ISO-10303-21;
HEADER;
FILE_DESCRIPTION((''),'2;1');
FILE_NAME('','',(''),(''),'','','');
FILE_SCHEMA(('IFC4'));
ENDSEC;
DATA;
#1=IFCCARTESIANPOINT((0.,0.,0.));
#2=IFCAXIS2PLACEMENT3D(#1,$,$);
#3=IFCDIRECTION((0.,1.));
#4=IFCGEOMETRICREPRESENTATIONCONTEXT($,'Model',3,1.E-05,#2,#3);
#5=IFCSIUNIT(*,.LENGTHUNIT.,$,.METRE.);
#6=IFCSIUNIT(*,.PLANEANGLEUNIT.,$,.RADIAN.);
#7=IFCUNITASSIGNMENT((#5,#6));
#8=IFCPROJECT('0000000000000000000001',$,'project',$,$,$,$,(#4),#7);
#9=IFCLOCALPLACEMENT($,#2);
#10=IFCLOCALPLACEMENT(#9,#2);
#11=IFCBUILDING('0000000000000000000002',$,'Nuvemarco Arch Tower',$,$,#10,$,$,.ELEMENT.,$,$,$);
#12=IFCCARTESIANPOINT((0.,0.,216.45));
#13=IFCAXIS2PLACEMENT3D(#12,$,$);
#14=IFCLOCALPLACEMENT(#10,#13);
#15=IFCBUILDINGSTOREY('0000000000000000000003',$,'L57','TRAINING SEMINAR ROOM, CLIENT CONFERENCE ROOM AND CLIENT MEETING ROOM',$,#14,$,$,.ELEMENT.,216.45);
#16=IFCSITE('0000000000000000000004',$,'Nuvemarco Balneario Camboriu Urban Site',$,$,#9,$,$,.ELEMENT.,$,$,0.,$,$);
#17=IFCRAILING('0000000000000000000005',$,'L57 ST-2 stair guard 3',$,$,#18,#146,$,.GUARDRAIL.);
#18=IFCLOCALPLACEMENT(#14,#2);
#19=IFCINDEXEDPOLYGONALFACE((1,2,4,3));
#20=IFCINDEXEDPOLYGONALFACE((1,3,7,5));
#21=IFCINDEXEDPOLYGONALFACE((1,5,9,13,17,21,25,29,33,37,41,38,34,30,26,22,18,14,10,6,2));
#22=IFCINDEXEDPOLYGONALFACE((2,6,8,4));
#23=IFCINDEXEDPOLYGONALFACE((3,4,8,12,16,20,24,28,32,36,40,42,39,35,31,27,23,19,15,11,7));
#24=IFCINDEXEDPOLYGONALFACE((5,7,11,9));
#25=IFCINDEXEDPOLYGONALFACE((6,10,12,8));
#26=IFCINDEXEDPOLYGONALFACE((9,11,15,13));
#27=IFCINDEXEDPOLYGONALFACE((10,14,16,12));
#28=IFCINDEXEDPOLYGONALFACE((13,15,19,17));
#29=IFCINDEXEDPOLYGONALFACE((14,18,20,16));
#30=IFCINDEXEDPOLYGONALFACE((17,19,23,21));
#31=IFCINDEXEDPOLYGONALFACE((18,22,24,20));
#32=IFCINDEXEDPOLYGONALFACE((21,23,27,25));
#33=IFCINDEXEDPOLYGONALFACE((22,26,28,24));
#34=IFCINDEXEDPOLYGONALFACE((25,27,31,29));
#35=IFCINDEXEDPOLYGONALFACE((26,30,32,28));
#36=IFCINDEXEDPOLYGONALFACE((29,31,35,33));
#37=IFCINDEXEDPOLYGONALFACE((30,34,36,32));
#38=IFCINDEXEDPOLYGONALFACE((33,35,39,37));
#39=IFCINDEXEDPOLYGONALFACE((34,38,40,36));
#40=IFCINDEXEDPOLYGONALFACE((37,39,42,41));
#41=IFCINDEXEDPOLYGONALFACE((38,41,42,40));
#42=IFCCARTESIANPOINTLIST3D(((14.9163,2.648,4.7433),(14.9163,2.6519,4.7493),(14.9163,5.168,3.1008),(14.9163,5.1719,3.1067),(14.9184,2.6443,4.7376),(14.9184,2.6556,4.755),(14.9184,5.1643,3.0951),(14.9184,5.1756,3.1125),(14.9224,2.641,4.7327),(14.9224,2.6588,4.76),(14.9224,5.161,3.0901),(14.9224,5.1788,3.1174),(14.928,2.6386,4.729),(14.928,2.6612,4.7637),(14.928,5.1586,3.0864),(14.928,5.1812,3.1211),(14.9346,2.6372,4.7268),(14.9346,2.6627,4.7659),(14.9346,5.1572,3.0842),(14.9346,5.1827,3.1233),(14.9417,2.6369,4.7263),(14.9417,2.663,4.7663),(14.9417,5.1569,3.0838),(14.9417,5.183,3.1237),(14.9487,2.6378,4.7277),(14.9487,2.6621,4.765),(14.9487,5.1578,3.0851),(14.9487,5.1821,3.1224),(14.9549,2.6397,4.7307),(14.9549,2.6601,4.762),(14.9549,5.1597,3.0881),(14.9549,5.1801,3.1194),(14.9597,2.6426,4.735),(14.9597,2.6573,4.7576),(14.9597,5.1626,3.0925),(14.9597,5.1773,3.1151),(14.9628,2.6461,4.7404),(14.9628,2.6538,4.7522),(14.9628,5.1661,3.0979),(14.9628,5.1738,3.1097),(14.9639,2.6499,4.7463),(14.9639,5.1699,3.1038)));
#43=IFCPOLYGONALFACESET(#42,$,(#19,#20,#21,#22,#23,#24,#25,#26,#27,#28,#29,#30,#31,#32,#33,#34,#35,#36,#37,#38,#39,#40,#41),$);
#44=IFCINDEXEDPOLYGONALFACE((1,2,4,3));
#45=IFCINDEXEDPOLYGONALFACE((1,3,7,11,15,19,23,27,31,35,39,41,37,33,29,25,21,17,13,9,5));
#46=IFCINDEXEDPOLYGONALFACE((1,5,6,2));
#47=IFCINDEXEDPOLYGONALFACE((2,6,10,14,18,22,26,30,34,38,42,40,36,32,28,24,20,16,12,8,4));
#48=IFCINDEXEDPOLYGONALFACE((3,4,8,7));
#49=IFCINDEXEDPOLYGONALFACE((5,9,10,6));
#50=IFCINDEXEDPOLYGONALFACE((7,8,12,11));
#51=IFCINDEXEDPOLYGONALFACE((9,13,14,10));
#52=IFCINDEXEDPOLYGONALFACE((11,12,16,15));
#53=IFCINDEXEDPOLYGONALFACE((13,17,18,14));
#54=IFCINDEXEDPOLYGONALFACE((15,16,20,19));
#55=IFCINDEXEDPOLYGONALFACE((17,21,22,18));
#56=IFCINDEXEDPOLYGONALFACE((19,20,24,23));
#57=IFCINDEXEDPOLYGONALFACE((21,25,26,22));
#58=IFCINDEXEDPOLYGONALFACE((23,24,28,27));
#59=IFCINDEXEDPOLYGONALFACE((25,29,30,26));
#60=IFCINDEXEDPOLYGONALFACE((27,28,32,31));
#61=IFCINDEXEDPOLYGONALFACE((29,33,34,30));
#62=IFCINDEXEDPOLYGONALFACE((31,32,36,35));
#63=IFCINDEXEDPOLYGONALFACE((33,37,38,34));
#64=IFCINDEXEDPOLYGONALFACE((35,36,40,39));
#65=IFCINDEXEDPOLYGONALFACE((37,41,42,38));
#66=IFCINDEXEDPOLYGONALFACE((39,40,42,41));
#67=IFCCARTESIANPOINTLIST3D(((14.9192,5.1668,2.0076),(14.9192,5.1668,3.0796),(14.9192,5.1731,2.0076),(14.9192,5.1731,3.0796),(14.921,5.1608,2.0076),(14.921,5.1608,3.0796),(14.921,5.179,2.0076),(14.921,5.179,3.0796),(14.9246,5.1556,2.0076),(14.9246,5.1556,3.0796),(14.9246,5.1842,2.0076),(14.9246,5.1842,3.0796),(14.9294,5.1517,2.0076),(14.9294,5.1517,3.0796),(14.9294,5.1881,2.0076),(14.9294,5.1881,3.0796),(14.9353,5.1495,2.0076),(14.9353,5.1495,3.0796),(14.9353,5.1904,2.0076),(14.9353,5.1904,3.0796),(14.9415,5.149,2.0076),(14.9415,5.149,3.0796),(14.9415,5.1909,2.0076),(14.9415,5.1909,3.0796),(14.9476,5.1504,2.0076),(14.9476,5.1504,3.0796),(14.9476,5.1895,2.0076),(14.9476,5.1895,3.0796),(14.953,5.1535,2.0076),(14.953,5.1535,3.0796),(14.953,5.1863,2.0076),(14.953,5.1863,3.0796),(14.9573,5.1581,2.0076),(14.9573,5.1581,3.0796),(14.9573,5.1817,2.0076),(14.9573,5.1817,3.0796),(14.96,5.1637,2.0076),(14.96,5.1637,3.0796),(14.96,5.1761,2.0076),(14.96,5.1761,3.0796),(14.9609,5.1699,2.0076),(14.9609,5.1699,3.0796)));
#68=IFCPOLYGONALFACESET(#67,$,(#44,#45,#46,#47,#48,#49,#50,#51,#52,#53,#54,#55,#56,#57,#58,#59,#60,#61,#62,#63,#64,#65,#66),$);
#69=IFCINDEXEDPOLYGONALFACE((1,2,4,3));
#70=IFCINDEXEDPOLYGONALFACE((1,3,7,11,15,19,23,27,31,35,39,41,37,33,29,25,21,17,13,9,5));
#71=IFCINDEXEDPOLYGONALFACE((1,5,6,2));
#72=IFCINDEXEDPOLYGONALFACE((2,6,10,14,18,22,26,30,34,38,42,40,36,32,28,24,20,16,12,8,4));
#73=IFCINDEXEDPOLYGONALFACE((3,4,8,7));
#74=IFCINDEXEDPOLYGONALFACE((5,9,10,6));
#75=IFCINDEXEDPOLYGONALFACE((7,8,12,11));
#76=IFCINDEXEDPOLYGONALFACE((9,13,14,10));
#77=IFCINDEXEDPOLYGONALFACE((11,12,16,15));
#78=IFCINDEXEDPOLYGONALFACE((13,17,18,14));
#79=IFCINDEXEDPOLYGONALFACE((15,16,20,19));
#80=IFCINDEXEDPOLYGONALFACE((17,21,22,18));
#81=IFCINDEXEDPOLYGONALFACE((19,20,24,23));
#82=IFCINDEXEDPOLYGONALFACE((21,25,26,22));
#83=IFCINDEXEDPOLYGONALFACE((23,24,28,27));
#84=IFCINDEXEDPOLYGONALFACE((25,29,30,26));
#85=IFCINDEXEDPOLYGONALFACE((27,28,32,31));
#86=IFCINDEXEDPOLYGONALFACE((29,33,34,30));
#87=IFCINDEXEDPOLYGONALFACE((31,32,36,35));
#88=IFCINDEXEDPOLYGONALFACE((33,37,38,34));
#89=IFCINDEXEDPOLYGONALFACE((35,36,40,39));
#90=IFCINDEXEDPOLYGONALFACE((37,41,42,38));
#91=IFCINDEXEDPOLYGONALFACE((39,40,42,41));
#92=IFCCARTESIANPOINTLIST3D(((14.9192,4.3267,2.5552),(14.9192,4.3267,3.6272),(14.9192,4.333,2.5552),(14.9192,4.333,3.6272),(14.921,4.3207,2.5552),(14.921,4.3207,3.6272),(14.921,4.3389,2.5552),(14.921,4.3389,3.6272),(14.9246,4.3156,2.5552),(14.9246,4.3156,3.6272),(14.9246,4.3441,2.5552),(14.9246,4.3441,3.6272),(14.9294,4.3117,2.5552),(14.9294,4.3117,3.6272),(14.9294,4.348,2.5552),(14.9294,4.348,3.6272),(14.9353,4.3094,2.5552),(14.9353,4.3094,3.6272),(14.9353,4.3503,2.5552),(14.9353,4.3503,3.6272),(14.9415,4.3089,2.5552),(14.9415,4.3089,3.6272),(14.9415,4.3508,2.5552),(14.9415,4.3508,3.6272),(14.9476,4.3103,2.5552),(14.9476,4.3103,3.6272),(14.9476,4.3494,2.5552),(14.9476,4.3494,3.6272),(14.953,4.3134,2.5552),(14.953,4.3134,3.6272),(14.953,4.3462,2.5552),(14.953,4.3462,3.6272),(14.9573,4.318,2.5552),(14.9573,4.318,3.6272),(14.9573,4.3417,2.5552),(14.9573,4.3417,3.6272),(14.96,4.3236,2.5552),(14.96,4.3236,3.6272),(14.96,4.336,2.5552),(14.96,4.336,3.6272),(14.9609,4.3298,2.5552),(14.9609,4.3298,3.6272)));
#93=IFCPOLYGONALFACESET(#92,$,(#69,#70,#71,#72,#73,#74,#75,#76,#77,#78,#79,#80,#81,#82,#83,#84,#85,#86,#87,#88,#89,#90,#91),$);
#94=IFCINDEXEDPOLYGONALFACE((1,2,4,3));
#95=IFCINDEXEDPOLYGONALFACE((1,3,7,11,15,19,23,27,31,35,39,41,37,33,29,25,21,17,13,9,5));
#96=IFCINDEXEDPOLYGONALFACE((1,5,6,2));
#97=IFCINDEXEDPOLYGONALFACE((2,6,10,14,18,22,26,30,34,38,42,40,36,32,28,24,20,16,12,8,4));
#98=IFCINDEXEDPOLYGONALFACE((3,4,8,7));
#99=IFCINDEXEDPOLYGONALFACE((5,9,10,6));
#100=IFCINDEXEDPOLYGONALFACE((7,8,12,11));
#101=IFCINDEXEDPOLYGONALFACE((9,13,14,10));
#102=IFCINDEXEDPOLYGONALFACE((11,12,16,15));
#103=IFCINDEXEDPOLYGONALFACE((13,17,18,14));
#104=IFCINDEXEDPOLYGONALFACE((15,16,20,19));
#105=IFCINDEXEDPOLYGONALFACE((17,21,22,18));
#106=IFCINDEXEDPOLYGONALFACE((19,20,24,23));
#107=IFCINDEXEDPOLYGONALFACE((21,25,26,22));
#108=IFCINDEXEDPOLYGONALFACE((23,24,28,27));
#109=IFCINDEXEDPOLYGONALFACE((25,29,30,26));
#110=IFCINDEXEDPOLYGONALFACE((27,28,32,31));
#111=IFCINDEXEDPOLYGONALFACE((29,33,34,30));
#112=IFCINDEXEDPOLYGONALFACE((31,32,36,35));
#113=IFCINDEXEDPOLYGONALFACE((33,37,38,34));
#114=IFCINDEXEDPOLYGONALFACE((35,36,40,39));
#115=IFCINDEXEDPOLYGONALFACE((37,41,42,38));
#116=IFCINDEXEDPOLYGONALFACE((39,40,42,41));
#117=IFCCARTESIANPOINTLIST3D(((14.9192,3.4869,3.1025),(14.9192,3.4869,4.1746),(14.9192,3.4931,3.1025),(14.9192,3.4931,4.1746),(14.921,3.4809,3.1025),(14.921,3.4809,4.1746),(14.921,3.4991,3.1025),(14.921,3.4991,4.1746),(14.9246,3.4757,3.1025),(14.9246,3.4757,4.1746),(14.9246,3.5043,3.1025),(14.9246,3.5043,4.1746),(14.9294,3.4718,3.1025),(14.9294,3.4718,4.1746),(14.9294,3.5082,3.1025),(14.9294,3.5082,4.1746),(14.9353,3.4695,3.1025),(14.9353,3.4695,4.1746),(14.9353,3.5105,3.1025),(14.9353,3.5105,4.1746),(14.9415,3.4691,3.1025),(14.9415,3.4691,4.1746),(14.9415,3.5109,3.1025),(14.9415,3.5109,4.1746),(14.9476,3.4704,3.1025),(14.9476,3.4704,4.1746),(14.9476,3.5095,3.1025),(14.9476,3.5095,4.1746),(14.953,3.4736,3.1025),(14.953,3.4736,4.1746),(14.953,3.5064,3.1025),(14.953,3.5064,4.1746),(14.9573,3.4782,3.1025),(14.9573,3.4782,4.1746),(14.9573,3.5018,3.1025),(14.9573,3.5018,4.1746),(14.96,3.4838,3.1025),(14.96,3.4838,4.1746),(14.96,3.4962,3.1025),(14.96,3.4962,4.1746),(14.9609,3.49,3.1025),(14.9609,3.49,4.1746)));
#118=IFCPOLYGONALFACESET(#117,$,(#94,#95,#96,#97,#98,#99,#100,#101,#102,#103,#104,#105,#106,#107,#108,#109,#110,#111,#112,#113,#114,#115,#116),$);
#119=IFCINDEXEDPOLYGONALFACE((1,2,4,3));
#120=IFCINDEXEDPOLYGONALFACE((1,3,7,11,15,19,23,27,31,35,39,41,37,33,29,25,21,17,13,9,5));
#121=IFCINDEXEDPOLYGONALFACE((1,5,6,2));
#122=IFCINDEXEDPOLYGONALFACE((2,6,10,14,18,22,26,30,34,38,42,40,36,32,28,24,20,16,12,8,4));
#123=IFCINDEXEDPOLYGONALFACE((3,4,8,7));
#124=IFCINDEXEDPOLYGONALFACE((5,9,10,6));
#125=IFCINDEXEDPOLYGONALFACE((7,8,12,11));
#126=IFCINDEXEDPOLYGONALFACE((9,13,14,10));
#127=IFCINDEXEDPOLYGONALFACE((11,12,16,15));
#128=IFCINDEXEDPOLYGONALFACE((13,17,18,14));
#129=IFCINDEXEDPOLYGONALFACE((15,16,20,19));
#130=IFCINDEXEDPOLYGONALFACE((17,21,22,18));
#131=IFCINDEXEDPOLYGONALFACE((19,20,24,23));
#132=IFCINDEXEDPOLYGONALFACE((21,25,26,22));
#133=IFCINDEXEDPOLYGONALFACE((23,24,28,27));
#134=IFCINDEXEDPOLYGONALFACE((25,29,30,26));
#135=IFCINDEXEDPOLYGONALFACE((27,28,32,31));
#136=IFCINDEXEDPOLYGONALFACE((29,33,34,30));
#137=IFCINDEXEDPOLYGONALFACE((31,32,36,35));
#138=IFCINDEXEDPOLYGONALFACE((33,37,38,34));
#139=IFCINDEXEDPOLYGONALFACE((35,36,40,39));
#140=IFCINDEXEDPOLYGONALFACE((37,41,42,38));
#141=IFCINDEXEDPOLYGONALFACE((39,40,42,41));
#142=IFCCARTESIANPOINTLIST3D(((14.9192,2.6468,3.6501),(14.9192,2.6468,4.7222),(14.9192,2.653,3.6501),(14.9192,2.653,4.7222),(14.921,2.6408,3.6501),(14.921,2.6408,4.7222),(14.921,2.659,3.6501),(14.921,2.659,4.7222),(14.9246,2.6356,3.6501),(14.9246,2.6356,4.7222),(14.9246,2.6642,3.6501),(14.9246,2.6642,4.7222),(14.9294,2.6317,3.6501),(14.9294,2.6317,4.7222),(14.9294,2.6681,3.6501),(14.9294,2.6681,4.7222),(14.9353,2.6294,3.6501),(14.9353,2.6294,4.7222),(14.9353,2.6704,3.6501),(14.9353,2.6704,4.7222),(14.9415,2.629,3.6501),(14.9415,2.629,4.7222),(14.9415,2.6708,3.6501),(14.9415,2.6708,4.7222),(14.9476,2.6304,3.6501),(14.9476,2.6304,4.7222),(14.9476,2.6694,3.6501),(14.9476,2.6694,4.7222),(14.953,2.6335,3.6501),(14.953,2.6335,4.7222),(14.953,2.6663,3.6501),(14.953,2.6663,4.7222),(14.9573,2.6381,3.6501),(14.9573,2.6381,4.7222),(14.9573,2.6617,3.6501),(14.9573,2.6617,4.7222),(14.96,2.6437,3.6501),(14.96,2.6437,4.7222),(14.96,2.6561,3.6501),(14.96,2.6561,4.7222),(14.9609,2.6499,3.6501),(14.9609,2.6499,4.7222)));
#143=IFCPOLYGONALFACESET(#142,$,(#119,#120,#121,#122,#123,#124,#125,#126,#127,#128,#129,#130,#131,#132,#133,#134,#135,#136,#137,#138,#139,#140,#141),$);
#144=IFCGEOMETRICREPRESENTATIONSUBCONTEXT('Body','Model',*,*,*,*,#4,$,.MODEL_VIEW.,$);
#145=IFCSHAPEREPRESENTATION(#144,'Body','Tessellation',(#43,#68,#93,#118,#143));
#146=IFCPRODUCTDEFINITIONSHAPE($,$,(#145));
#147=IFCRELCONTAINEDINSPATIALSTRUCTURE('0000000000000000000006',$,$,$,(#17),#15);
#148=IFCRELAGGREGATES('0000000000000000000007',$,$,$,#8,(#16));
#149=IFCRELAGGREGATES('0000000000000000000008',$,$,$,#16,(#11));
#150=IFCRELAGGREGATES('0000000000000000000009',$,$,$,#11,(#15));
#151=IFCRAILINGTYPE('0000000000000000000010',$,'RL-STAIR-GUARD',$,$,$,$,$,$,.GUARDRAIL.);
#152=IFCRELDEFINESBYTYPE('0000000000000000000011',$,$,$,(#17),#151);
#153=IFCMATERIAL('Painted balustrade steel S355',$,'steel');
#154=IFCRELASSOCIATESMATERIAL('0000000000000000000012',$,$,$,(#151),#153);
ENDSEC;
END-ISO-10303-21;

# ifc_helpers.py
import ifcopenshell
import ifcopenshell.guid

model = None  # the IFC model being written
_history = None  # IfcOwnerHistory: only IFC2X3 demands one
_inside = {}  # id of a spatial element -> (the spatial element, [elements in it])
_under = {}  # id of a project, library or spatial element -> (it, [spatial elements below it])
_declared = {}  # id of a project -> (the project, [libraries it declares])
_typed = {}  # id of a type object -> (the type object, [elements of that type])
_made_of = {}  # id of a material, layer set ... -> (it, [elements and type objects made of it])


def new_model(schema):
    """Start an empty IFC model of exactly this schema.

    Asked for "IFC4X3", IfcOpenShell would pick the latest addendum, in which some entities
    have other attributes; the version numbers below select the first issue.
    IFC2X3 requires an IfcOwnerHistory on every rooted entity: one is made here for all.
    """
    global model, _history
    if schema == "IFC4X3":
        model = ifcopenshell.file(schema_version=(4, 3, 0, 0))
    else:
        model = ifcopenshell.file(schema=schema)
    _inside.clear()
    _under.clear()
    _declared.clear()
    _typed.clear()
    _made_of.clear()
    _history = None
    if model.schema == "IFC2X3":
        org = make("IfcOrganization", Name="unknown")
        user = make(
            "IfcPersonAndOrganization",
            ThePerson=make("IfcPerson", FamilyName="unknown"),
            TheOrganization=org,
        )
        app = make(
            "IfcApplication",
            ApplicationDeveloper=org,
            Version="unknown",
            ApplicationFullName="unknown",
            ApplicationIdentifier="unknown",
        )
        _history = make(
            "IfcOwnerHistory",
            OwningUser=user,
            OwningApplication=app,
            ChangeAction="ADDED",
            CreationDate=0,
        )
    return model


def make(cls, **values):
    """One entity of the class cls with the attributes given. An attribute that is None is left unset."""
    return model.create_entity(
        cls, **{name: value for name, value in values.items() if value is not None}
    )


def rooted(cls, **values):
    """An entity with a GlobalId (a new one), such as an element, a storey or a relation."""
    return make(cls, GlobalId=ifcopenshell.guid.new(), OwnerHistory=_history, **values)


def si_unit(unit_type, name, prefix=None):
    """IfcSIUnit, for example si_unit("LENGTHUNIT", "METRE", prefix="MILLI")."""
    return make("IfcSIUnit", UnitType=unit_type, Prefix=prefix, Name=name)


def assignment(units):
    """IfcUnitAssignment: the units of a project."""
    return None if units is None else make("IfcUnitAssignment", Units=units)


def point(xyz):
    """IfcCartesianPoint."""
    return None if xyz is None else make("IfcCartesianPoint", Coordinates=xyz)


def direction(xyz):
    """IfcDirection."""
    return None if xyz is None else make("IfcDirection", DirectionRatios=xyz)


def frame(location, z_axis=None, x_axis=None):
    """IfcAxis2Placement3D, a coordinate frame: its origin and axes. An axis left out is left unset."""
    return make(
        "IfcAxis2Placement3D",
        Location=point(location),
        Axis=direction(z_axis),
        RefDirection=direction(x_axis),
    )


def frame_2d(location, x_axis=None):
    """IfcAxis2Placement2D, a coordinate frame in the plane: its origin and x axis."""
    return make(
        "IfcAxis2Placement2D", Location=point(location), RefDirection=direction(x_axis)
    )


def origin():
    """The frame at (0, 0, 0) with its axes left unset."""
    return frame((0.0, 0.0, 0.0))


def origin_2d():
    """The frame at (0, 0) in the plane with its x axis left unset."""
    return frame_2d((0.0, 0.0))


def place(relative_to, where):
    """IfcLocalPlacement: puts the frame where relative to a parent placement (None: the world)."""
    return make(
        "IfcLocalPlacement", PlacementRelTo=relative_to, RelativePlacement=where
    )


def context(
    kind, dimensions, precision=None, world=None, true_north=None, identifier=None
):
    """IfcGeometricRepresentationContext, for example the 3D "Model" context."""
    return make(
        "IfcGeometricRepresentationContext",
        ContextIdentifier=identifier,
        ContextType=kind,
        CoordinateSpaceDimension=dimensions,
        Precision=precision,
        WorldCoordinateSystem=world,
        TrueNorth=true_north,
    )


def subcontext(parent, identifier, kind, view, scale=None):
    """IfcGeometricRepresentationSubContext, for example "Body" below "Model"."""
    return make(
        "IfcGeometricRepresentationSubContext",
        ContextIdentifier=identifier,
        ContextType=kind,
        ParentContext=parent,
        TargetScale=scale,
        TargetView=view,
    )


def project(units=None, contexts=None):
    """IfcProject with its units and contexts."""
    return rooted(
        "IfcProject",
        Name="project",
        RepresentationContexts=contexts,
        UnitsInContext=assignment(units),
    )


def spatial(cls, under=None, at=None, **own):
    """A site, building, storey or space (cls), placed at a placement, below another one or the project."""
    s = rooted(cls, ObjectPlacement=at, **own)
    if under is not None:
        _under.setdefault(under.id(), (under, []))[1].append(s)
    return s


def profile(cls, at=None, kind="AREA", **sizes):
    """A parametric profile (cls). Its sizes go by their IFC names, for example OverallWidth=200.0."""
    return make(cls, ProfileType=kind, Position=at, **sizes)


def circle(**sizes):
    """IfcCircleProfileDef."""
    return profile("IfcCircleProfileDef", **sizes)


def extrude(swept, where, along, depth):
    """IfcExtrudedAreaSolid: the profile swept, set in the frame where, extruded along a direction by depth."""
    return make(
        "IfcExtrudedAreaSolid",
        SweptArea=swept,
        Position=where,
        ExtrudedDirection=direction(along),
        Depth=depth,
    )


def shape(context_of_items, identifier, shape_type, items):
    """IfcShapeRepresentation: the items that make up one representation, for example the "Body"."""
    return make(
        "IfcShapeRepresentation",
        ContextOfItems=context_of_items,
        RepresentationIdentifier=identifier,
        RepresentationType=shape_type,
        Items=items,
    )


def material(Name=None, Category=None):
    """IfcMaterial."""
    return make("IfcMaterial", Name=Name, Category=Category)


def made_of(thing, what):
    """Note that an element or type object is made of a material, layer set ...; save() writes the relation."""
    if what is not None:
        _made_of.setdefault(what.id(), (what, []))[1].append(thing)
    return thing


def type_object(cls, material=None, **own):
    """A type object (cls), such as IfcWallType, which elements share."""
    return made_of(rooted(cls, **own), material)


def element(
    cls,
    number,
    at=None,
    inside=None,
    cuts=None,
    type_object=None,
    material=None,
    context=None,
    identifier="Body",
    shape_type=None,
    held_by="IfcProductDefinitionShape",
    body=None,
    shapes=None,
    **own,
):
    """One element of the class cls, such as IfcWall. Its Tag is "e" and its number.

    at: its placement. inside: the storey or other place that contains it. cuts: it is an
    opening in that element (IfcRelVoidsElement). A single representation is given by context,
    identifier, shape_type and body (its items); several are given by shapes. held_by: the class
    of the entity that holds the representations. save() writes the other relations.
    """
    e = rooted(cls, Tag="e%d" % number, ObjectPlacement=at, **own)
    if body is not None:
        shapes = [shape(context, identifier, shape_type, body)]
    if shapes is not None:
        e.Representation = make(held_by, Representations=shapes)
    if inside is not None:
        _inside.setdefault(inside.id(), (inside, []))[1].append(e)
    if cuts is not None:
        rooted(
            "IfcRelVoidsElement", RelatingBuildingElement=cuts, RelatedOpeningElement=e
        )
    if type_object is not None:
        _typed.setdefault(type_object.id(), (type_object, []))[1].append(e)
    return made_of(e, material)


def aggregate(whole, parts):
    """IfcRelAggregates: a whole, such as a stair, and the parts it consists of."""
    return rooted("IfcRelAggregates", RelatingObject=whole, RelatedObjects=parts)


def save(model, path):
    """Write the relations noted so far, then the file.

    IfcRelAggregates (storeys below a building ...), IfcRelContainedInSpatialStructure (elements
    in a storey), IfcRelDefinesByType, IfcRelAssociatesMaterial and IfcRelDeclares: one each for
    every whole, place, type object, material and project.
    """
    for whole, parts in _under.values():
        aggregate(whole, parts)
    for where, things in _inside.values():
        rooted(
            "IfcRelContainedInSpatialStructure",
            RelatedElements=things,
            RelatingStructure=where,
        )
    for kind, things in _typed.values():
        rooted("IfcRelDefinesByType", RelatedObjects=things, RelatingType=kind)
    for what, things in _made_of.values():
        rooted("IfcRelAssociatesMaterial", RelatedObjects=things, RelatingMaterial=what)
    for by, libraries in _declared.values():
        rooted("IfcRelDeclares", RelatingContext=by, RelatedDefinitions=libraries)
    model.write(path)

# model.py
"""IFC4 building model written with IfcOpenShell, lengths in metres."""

from ifc_helpers import new_model, si_unit, direction, frame, origin, origin_2d, place, context, subcontext, project, spatial, circle, extrude, material, type_object, element, save


model = new_model("IFC4")

# Units and contexts
model_context = context("Model", 3, precision=1e-05, world=origin(), true_north=direction((0.0, 1.0)))
body_context = subcontext(model_context, "Body", "Model", "MODEL_VIEW")
ifc_project = project(units=[si_unit("LENGTHUNIT", "METRE"), si_unit("PLANEANGLEUNIT", "RADIAN")], contexts=[model_context])

# Site, building, storey
site_placement = place(None, origin())
site = spatial("IfcSite", under=ifc_project, at=site_placement, Name="Nuvemarco Balneario Camboriu Urban Site", CompositionType="ELEMENT", RefElevation=0.0)
building_placement = place(site_placement, origin())
building = spatial("IfcBuilding", under=site, at=building_placement, Name="Nuvemarco Arch Tower", CompositionType="ELEMENT")
storey_placement = place(building_placement, frame((0.0, 0.0, 216.45)))
storey = spatial("IfcBuildingStorey", under=building, at=storey_placement, Name="L57", Description="TRAINING SEMINAR ROOM, CLIENT CONFERENCE ROOM AND CLIENT MEETING ROOM", CompositionType="ELEMENT", Elevation=216.45)

# Railing
ifc_material_1 = material(Name="Painted balustrade steel S355", Category="steel")
railing_type_1 = type_object("IfcRailingType", Name="RL-STAIR-GUARD", PredefinedType="GUARDRAIL", material=ifc_material_1)
railing_1_placement = place(storey_placement, frame((14.9399, 5.1699, 2.0076)))
element("IfcRailing", 1, at=railing_1_placement, inside=storey, type_object=railing_type_1, Name="L57 ST-2 stair guard 3", PredefinedType="GUARDRAIL", context=body_context, shape_type="SweptSolid", body=[
    extrude(circle(Radius=0.0239, at=origin_2d()), frame((0.0, 0.0, 1.0962), z_axis=(0.0, -0.837749, 0.546055), x_axis=(1.0, 0.0, 0.0)), (0.0, 0.0, 1.0), 3.0081),
    extrude(circle(Radius=0.021, at=origin_2d()), origin(), (0.0, 0.0, 1.0), 1.072),
    extrude(circle(Radius=0.021, at=origin_2d()), frame((0.0, -0.8401, 0.5476)), (0.0, 0.0, 1.0), 1.072),
    extrude(circle(Radius=0.021, at=origin_2d()), frame((0.0, -1.6799, 1.095)), (0.0, 0.0, 1.0), 1.072),
    extrude(circle(Radius=0.021, at=origin_2d()), frame((0.0, -2.52, 1.6426)), (0.0, 0.0, 1.0), 1.072),
])

save(model, "model.ifc")
